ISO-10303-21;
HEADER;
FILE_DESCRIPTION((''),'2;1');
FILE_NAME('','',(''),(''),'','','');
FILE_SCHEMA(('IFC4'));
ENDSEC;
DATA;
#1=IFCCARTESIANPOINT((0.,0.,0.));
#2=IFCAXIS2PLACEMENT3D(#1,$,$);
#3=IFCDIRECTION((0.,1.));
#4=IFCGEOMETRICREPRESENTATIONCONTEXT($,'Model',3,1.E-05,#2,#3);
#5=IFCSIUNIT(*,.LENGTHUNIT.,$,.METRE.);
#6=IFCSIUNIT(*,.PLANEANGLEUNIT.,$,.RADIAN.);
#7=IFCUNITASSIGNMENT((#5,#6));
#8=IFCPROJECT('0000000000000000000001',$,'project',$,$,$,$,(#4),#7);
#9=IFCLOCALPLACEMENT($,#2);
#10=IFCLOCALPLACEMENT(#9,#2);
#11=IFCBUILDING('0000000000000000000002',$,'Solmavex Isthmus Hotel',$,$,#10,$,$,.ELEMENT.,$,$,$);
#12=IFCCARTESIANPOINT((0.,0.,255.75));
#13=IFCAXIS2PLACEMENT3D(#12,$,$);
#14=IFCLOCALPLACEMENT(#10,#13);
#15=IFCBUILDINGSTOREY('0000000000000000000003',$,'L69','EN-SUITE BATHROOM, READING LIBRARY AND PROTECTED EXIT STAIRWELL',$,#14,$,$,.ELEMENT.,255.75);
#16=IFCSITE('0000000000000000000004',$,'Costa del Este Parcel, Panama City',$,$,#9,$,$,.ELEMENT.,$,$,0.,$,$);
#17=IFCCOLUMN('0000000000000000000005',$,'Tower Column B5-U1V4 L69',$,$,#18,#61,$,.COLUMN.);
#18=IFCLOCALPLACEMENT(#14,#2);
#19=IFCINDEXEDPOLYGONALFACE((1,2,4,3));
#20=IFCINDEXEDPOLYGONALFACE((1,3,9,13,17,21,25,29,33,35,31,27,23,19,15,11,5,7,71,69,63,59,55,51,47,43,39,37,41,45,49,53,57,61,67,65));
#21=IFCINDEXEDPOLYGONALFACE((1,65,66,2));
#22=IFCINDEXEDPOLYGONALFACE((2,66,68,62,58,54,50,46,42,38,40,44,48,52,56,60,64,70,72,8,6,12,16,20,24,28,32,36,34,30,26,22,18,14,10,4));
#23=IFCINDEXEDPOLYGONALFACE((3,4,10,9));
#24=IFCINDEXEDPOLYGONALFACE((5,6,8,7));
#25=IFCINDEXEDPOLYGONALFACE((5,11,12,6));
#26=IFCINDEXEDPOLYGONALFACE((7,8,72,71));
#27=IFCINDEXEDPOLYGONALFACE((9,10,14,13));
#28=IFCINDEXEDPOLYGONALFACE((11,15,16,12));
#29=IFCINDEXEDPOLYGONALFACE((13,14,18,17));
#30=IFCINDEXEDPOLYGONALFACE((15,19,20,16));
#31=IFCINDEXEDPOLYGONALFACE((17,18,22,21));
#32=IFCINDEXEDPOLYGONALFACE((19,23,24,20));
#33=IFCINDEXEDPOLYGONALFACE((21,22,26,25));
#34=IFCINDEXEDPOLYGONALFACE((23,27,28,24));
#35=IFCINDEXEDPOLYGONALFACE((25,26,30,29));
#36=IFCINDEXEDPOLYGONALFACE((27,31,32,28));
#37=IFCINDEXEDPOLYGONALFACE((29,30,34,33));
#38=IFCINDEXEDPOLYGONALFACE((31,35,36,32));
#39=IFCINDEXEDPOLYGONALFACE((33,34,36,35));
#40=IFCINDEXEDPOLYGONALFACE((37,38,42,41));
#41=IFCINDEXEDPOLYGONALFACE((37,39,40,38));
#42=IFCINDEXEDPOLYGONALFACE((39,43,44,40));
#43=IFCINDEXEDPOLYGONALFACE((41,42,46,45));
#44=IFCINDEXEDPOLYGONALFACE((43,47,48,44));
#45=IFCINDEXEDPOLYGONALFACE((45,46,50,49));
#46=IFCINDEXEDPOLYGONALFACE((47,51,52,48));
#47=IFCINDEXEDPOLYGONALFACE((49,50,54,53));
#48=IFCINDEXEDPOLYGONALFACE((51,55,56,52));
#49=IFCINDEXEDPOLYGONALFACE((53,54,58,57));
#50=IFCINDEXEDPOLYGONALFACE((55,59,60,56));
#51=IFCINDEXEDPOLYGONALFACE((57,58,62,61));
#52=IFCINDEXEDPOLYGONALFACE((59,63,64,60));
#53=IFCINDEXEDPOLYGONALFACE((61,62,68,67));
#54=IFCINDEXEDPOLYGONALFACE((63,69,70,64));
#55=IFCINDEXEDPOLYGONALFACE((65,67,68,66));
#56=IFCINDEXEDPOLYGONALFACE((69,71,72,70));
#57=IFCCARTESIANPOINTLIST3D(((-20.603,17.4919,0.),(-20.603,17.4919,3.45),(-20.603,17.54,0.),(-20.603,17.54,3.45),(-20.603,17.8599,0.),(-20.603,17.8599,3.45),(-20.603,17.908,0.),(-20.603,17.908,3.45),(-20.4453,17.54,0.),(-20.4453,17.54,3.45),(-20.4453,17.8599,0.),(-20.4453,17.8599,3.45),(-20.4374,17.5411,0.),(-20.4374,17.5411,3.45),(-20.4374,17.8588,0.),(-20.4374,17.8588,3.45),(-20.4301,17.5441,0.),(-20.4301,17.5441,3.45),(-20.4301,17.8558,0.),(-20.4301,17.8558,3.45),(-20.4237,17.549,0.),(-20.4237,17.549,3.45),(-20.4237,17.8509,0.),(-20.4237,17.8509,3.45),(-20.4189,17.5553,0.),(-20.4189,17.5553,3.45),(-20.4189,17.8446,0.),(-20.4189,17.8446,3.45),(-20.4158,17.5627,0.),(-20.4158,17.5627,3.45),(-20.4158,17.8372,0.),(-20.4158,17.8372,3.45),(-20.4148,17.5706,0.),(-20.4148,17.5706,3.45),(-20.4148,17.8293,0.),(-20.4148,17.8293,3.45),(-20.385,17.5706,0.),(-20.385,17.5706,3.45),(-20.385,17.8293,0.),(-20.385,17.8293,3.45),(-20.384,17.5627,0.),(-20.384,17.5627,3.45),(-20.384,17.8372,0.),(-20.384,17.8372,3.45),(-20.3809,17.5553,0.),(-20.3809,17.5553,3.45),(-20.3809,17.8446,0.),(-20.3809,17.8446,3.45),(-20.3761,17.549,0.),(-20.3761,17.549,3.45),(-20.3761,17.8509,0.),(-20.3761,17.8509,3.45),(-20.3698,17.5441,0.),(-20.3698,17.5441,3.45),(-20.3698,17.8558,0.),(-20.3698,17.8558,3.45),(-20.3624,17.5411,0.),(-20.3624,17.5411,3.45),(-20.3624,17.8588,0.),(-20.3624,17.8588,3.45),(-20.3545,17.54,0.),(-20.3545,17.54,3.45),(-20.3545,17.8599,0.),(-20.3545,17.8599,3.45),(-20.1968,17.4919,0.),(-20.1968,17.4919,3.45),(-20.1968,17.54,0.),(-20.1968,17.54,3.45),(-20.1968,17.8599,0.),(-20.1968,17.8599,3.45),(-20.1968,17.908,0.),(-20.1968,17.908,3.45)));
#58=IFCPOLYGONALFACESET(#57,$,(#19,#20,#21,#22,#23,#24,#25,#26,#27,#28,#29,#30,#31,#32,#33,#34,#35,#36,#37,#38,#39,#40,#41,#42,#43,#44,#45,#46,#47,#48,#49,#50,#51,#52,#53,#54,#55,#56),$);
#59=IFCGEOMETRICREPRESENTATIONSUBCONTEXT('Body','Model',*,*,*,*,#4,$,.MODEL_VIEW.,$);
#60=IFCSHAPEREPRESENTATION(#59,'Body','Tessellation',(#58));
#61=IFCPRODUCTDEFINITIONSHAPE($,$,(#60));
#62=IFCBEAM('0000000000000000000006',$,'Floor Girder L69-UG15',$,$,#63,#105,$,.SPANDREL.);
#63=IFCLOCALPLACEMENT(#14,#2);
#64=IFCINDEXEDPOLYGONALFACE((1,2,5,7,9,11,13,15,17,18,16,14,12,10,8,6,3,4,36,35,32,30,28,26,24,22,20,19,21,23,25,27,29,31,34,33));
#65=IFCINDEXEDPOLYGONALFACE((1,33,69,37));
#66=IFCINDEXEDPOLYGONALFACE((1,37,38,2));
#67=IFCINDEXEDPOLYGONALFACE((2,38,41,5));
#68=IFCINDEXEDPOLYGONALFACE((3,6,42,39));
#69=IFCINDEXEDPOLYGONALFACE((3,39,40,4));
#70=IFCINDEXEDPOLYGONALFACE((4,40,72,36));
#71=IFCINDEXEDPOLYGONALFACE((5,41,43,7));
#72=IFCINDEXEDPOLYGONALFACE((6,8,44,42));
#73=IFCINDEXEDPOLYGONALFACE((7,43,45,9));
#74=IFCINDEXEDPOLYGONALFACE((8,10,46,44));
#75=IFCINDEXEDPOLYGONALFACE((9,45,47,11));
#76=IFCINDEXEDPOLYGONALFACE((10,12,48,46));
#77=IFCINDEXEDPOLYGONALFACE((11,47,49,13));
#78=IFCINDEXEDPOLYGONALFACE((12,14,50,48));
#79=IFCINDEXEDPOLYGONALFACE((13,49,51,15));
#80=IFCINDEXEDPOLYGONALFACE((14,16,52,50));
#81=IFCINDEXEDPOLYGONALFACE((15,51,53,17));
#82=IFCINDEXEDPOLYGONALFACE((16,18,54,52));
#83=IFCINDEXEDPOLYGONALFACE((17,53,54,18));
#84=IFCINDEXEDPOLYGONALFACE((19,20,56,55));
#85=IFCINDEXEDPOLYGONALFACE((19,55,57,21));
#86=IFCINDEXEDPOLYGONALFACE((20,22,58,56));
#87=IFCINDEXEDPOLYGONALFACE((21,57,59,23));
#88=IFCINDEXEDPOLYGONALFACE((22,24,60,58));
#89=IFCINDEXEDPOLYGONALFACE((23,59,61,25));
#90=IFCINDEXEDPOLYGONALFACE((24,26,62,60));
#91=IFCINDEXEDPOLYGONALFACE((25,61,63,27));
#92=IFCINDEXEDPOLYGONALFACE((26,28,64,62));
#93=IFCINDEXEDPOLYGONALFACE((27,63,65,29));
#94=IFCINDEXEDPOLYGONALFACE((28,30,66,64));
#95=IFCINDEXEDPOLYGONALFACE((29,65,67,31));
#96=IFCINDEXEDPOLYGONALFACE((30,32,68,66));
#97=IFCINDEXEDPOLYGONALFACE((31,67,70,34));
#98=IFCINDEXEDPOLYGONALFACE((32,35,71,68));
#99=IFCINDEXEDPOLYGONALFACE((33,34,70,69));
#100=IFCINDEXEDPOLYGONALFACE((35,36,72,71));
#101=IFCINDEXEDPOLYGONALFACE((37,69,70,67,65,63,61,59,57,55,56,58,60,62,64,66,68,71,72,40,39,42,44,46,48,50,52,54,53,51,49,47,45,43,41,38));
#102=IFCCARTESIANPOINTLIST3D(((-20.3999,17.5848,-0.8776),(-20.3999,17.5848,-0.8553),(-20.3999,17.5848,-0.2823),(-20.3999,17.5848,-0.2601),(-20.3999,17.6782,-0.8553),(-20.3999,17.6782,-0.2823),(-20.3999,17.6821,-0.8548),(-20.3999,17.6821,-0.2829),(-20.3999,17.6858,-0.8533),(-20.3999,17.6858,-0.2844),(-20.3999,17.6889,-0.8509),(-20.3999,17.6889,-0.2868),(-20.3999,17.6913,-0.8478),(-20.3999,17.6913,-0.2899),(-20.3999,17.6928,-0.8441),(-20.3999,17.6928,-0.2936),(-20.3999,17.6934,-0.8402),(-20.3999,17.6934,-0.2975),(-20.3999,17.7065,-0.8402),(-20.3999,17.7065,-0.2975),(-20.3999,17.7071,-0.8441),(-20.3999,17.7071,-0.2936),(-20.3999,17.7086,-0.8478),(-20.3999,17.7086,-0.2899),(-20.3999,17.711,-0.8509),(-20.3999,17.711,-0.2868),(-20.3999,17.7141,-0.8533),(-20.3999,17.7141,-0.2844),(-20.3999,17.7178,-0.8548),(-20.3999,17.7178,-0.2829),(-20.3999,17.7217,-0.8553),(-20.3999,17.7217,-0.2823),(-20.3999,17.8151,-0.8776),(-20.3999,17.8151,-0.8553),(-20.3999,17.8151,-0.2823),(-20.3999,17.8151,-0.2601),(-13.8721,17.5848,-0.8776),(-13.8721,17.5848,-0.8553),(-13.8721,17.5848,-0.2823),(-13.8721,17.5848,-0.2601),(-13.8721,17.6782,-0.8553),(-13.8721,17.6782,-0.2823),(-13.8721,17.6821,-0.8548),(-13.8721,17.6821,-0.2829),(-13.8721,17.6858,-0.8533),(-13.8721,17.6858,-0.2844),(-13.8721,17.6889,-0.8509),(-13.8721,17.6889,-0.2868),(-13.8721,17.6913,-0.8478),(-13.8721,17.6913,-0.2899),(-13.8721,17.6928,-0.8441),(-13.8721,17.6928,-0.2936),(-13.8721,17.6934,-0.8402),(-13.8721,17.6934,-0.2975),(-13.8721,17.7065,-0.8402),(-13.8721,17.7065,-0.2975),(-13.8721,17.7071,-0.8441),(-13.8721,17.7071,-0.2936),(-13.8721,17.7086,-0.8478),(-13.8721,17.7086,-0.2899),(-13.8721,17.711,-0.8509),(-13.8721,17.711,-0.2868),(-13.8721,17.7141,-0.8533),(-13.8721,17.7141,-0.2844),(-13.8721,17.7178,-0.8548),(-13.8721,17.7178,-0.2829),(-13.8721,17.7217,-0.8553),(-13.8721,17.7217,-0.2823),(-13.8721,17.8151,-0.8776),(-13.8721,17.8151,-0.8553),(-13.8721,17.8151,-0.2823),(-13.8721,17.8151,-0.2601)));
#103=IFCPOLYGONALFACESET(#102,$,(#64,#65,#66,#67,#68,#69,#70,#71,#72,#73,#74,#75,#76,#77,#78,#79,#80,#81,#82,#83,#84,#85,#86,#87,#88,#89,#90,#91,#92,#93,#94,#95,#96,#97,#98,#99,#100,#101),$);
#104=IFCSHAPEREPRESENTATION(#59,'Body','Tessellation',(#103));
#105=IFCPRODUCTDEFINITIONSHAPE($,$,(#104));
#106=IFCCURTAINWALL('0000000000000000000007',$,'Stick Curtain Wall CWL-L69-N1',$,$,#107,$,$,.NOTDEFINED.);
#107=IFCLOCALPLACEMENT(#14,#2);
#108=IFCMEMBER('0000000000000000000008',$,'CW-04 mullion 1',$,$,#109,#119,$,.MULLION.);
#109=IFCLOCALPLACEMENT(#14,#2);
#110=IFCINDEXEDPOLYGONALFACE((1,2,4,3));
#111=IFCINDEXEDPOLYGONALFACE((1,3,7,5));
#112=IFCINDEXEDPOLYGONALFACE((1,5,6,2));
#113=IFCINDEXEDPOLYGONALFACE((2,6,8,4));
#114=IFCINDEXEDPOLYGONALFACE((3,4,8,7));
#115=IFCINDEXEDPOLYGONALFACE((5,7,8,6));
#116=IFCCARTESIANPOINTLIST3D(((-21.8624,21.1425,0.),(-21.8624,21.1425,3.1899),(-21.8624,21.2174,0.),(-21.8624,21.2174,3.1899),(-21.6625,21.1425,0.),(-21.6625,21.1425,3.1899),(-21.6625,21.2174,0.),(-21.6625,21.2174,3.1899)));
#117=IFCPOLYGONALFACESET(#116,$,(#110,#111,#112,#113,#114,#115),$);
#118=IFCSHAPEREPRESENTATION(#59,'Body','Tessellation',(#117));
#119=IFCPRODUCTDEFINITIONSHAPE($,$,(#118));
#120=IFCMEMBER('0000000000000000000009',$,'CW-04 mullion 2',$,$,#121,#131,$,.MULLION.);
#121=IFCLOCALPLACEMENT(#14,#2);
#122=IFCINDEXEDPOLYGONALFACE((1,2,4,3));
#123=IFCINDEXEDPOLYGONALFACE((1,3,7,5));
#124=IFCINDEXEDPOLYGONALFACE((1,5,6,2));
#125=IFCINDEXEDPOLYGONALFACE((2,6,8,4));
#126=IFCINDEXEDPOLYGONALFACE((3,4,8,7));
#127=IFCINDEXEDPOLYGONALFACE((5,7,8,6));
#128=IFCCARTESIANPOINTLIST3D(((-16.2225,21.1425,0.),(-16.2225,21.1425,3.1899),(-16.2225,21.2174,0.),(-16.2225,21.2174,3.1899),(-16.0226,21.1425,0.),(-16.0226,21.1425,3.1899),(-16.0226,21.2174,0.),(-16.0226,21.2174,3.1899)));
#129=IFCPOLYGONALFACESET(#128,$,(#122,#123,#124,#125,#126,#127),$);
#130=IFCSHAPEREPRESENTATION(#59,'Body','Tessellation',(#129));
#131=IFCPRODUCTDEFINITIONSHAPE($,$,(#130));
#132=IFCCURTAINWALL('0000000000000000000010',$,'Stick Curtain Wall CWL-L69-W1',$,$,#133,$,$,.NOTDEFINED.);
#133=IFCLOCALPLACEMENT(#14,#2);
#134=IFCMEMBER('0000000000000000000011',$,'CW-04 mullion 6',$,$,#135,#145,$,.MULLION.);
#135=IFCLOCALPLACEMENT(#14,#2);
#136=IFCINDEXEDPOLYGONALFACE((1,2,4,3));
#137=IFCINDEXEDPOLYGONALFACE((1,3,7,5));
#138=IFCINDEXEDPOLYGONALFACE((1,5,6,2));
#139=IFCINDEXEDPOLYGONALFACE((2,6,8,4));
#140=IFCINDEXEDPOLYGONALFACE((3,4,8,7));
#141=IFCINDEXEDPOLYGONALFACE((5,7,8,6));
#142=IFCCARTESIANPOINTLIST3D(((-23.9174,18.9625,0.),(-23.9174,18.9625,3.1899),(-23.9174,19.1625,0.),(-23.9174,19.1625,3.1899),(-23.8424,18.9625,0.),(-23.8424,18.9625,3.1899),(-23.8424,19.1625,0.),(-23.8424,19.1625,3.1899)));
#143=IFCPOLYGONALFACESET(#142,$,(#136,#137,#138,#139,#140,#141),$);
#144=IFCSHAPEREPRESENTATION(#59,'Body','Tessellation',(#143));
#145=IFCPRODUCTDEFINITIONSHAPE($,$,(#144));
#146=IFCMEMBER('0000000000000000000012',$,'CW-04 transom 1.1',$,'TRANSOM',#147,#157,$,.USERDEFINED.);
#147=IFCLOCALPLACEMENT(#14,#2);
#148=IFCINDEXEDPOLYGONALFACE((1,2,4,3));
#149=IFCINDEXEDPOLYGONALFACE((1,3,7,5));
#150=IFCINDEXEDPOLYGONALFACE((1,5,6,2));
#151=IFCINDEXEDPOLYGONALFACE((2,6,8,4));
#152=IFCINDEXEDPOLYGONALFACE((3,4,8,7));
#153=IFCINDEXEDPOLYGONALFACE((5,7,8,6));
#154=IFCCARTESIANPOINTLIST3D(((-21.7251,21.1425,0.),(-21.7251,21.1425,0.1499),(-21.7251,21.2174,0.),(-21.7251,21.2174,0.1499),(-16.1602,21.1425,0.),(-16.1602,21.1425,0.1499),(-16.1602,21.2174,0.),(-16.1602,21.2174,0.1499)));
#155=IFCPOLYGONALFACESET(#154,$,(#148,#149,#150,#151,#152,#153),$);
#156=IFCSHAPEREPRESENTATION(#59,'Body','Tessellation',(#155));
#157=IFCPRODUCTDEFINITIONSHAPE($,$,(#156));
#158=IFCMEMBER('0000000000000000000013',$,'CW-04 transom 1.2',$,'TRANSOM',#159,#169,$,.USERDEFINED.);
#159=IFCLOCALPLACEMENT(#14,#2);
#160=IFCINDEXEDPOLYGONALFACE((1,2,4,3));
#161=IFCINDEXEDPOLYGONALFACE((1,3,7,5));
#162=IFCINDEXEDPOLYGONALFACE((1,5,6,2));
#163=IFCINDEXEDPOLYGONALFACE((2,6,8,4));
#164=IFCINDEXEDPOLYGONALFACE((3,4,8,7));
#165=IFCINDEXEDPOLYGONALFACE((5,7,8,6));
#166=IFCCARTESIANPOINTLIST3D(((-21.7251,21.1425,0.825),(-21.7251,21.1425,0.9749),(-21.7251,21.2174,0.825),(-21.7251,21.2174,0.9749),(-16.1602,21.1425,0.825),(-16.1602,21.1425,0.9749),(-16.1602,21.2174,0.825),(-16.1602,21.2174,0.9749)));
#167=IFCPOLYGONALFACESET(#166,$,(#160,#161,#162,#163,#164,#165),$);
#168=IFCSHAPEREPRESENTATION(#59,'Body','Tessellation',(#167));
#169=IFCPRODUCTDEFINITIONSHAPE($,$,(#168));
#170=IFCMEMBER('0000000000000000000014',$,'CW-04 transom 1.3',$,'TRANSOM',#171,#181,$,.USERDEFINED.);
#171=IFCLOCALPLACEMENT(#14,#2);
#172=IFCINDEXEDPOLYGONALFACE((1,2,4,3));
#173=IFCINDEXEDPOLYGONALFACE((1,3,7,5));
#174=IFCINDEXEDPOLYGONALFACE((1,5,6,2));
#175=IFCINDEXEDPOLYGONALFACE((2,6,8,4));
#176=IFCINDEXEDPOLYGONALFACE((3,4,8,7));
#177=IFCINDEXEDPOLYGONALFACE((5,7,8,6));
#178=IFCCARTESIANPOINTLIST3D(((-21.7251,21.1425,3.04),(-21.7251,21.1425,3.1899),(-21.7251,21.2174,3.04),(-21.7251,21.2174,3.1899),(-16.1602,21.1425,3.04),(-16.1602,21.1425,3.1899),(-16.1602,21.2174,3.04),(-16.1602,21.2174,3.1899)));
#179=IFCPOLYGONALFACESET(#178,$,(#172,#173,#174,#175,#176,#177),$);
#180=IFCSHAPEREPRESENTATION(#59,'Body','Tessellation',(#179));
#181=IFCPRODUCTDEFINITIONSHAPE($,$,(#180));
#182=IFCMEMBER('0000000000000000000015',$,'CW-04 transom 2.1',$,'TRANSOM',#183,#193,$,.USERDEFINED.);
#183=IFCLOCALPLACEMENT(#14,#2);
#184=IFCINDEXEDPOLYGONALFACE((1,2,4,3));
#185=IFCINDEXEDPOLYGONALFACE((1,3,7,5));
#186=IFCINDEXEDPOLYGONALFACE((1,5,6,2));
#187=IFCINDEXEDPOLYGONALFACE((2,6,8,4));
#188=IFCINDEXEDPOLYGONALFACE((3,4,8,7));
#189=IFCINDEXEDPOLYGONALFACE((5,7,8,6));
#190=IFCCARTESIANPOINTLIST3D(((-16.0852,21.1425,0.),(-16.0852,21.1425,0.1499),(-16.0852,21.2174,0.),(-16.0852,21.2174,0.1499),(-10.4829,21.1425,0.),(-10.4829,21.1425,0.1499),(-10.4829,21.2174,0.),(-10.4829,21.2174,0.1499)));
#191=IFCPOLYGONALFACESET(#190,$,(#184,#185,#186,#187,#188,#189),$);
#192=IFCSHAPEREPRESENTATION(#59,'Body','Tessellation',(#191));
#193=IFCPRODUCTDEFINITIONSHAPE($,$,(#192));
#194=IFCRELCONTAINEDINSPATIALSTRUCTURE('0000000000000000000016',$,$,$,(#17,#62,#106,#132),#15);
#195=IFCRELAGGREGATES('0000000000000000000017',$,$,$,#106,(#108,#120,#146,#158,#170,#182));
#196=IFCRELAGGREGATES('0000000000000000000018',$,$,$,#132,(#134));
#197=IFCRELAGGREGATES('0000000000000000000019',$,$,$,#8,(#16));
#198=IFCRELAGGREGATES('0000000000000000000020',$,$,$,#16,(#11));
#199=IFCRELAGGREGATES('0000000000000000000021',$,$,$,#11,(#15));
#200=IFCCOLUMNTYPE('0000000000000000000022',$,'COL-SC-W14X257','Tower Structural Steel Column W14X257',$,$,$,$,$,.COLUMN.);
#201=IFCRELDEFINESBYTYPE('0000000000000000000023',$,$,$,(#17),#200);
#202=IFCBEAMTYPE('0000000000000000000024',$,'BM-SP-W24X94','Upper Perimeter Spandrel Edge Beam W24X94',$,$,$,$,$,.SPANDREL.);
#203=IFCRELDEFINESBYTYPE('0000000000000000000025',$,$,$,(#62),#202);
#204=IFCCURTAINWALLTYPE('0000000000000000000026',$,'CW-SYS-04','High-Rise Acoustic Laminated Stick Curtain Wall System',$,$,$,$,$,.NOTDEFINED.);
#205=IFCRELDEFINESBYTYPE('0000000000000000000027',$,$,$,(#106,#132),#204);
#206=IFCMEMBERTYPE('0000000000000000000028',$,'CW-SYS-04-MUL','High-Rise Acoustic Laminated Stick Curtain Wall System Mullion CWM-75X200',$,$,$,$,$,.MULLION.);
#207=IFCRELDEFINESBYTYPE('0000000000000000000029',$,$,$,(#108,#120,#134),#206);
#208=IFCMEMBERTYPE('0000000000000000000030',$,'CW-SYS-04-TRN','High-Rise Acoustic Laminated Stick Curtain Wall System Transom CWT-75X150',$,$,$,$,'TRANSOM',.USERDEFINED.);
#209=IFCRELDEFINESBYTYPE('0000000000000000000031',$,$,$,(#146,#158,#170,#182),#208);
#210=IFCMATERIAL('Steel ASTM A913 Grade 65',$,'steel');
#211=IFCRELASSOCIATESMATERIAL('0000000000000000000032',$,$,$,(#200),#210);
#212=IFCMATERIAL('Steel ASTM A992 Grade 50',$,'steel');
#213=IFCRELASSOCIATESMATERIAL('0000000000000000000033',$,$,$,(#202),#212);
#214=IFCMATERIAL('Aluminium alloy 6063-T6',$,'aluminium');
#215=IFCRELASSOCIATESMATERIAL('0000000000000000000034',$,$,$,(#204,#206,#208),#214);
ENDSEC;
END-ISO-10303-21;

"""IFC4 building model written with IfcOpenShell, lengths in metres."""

from ifc_helpers import new_model, si_unit, direction, frame, origin, origin_2d, place, context, subcontext, project, spatial, rectangle, i_section, extrude, material, material_profile, profile_set, type_object, element, aggregate, save


model = new_model("IFC4")

# Units and contexts
model_context = context("Model", 3, precision=1e-05, world=origin(), true_north=direction((0.0, 1.0)))
body_context = subcontext(model_context, "Body", "Model", "MODEL_VIEW")
ifc_project = project(units=[si_unit("LENGTHUNIT", "METRE"), si_unit("PLANEANGLEUNIT", "RADIAN")], contexts=[model_context])

# Site, building, storey
site_placement = place(None, origin())
site = spatial("IfcSite", under=ifc_project, at=site_placement, Name="Costa del Este Parcel, Panama City", CompositionType="ELEMENT", RefElevation=0.0)
building_placement = place(site_placement, origin())
building = spatial("IfcBuilding", under=site, at=building_placement, Name="Solmavex Isthmus Hotel", CompositionType="ELEMENT")
storey_placement = place(building_placement, frame((0.0, 0.0, 255.75)))
storey = spatial("IfcBuildingStorey", under=building, at=storey_placement, Name="L69", Description="EN-SUITE BATHROOM, READING LIBRARY AND PROTECTED EXIT STAIRWELL", CompositionType="ELEMENT", Elevation=255.75)

# Column
ifc_material_1 = material(Name="Steel ASTM A913 Grade 65", Category="steel")
ifc_material_profile_1 = material_profile(ifc_material_1, i_section(OverallWidth=0.4062, OverallDepth=0.416, WebThickness=0.0298, FlangeThickness=0.0481, FilletRadius=0.0305, at=origin_2d()), Name="W14X257")
ifc_profile_set_1 = profile_set([ifc_material_profile_1], Name="Steel ASTM A913 Grade 65")
column_type = type_object("IfcColumnType", Name="COL-SC-W14X257", Description="Tower Structural Steel Column W14X257", PredefinedType="COLUMN", material=ifc_profile_set_1)
column_placement = place(storey_placement, frame((-20.3999, 17.7, 0.0), z_axis=(0.0, 0.0, 1.0), x_axis=(1.0, 0.0, 0.0)))
element("IfcColumn", 1, at=column_placement, inside=storey, type_object=column_type, Name="Tower Column B5-U1V4 L69", PredefinedType="COLUMN", context=body_context, shape_type="SweptSolid", body=[
    extrude(i_section(OverallWidth=0.4062, OverallDepth=0.416, WebThickness=0.0298, FlangeThickness=0.0481, FilletRadius=0.0305, at=origin_2d()), origin(), (0.0, 0.0, 1.0), 3.45),
])

# Beam
ifc_material_2 = material(Name="Steel ASTM A992 Grade 50", Category="steel")
ifc_material_profile_2 = material_profile(ifc_material_2, i_section(OverallWidth=0.2302, OverallDepth=0.6174, WebThickness=0.0132, FlangeThickness=0.0222, FilletRadius=0.0151, at=origin_2d()), Name="W24X94")
ifc_profile_set_2 = profile_set([ifc_material_profile_2], Name="Steel ASTM A992 Grade 50")
beam_type = type_object("IfcBeamType", Name="BM-SP-W24X94", Description="Upper Perimeter Spandrel Edge Beam W24X94", PredefinedType="SPANDREL", material=ifc_profile_set_2)
beam_placement = place(storey_placement, frame((-20.3999, 17.7, -0.5688), z_axis=(1.0, 0.0, 0.0), x_axis=(0.0, 1.0, 0.0)))
element("IfcBeam", 2, at=beam_placement, inside=storey, type_object=beam_type, Name="Floor Girder L69-UG15", PredefinedType="SPANDREL", context=body_context, shape_type="SweptSolid", body=[
    extrude(i_section(OverallWidth=0.2302, OverallDepth=0.6174, WebThickness=0.0132, FlangeThickness=0.0222, FilletRadius=0.0151, at=origin_2d()), origin(), (0.0, 0.0, 1.0), 6.5278),
])

# Curtain wall, members
ifc_material_3 = material(Name="Aluminium alloy 6063-T6", Category="aluminium")
curtain_wall_type = type_object("IfcCurtainWallType", Name="CW-SYS-04", Description="High-Rise Acoustic Laminated Stick Curtain Wall System", PredefinedType="NOTDEFINED", material=ifc_material_3)
curtain_wall_1_placement = place(storey_placement, origin())
curtain_wall_1 = element("IfcCurtainWall", 3, at=curtain_wall_1_placement, inside=storey, type_object=curtain_wall_type, Name="Stick Curtain Wall CWL-L69-N1", PredefinedType="NOTDEFINED")
ifc_material_profile_3 = material_profile(ifc_material_3, rectangle(XDim=0.075, YDim=0.2, at=origin_2d()), Name="CWM-75X200")
ifc_profile_set_3 = profile_set([ifc_material_profile_3], Name="Aluminium alloy 6063-T6")
member_type_1 = type_object("IfcMemberType", Name="CW-SYS-04-MUL", Description="High-Rise Acoustic Laminated Stick Curtain Wall System Mullion CWM-75X200", PredefinedType="MULLION", material=ifc_profile_set_3)
member_1_placement = place(storey_placement, frame((-21.7625, 21.1799, 0.0), z_axis=(0.0, 0.0, 1.0), x_axis=(0.0, 1.0, 0.0)))
member_1 = element("IfcMember", 4, at=member_1_placement, type_object=member_type_1, Name="CW-04 mullion 1", PredefinedType="MULLION", context=body_context, shape_type="SweptSolid", body=[
    extrude(rectangle(XDim=0.075, YDim=0.2, at=origin_2d()), origin(), (0.0, 0.0, 1.0), 3.1899),
])
member_2_placement = place(storey_placement, frame((-16.1226, 21.1799, 0.0), z_axis=(0.0, 0.0, 1.0), x_axis=(0.0, 1.0, 0.0)))
member_2 = element("IfcMember", 5, at=member_2_placement, type_object=member_type_1, Name="CW-04 mullion 2", PredefinedType="MULLION", context=body_context, shape_type="SweptSolid", body=[
    extrude(rectangle(XDim=0.075, YDim=0.2, at=origin_2d()), origin(), (0.0, 0.0, 1.0), 3.1899),
])

# Curtain wall, member
curtain_wall_2_placement = place(storey_placement, origin())
curtain_wall_2 = element("IfcCurtainWall", 6, at=curtain_wall_2_placement, inside=storey, type_object=curtain_wall_type, Name="Stick Curtain Wall CWL-L69-W1", PredefinedType="NOTDEFINED")
member_3_placement = place(storey_placement, frame((-23.8799, 19.0625, 0.0), z_axis=(0.0, 0.0, 1.0), x_axis=(-1.0, 0.0, 0.0)))
member_3 = element("IfcMember", 7, at=member_3_placement, type_object=member_type_1, Name="CW-04 mullion 6", PredefinedType="MULLION", context=body_context, shape_type="SweptSolid", body=[
    extrude(rectangle(XDim=0.075, YDim=0.2, at=origin_2d()), origin(), (0.0, 0.0, 1.0), 3.1899),
])

# Members
ifc_material_profile_4 = material_profile(ifc_material_3, rectangle(XDim=0.075, YDim=0.1499, at=origin_2d()), Name="CWT-75X150")
ifc_profile_set_4 = profile_set([ifc_material_profile_4], Name="Aluminium alloy 6063-T6")
member_type_2 = type_object("IfcMemberType", Name="CW-SYS-04-TRN", Description="High-Rise Acoustic Laminated Stick Curtain Wall System Transom CWT-75X150", ElementType="TRANSOM", PredefinedType="USERDEFINED", material=ifc_profile_set_4)
member_4_placement = place(storey_placement, frame((-21.7251, 21.1799, 0.075), z_axis=(1.0, 0.0, 0.0), x_axis=(0.0, 1.0, 0.0)))
member_4 = element("IfcMember", 8, at=member_4_placement, type_object=member_type_2, Name="CW-04 transom 1.1", ObjectType="TRANSOM", PredefinedType="USERDEFINED", context=body_context, shape_type="SweptSolid", body=[
    extrude(rectangle(XDim=0.075, YDim=0.1499, at=origin_2d()), origin(), (0.0, 0.0, 1.0), 5.5649),
])
member_5_placement = place(storey_placement, frame((-21.7251, 21.1799, 0.8999), z_axis=(1.0, 0.0, 0.0), x_axis=(0.0, 1.0, 0.0)))
member_5 = element("IfcMember", 9, at=member_5_placement, type_object=member_type_2, Name="CW-04 transom 1.2", ObjectType="TRANSOM", PredefinedType="USERDEFINED", context=body_context, shape_type="SweptSolid", body=[
    extrude(rectangle(XDim=0.075, YDim=0.1499, at=origin_2d()), origin(), (0.0, 0.0, 1.0), 5.5649),
])
member_6_placement = place(storey_placement, frame((-21.7251, 21.1799, 3.115), z_axis=(1.0, 0.0, 0.0), x_axis=(0.0, 1.0, 0.0)))
member_6 = element("IfcMember", 10, at=member_6_placement, type_object=member_type_2, Name="CW-04 transom 1.3", ObjectType="TRANSOM", PredefinedType="USERDEFINED", context=body_context, shape_type="SweptSolid", body=[
    extrude(rectangle(XDim=0.075, YDim=0.1499, at=origin_2d()), origin(), (0.0, 0.0, 1.0), 5.5649),
])
member_7_placement = place(storey_placement, frame((-16.0852, 21.1799, 0.075), z_axis=(1.0, 0.0, 0.0), x_axis=(0.0, 1.0, 0.0)))
member_7 = element("IfcMember", 11, at=member_7_placement, type_object=member_type_2, Name="CW-04 transom 2.1", ObjectType="TRANSOM", PredefinedType="USERDEFINED", context=body_context, shape_type="SweptSolid", body=[
    extrude(rectangle(XDim=0.075, YDim=0.1499, at=origin_2d()), origin(), (0.0, 0.0, 1.0), 5.6023),
])

aggregate(curtain_wall_1, [member_1, member_2, member_4, member_5, member_6, member_7])
aggregate(curtain_wall_2, [member_3])

save(model, "model.ifc")
